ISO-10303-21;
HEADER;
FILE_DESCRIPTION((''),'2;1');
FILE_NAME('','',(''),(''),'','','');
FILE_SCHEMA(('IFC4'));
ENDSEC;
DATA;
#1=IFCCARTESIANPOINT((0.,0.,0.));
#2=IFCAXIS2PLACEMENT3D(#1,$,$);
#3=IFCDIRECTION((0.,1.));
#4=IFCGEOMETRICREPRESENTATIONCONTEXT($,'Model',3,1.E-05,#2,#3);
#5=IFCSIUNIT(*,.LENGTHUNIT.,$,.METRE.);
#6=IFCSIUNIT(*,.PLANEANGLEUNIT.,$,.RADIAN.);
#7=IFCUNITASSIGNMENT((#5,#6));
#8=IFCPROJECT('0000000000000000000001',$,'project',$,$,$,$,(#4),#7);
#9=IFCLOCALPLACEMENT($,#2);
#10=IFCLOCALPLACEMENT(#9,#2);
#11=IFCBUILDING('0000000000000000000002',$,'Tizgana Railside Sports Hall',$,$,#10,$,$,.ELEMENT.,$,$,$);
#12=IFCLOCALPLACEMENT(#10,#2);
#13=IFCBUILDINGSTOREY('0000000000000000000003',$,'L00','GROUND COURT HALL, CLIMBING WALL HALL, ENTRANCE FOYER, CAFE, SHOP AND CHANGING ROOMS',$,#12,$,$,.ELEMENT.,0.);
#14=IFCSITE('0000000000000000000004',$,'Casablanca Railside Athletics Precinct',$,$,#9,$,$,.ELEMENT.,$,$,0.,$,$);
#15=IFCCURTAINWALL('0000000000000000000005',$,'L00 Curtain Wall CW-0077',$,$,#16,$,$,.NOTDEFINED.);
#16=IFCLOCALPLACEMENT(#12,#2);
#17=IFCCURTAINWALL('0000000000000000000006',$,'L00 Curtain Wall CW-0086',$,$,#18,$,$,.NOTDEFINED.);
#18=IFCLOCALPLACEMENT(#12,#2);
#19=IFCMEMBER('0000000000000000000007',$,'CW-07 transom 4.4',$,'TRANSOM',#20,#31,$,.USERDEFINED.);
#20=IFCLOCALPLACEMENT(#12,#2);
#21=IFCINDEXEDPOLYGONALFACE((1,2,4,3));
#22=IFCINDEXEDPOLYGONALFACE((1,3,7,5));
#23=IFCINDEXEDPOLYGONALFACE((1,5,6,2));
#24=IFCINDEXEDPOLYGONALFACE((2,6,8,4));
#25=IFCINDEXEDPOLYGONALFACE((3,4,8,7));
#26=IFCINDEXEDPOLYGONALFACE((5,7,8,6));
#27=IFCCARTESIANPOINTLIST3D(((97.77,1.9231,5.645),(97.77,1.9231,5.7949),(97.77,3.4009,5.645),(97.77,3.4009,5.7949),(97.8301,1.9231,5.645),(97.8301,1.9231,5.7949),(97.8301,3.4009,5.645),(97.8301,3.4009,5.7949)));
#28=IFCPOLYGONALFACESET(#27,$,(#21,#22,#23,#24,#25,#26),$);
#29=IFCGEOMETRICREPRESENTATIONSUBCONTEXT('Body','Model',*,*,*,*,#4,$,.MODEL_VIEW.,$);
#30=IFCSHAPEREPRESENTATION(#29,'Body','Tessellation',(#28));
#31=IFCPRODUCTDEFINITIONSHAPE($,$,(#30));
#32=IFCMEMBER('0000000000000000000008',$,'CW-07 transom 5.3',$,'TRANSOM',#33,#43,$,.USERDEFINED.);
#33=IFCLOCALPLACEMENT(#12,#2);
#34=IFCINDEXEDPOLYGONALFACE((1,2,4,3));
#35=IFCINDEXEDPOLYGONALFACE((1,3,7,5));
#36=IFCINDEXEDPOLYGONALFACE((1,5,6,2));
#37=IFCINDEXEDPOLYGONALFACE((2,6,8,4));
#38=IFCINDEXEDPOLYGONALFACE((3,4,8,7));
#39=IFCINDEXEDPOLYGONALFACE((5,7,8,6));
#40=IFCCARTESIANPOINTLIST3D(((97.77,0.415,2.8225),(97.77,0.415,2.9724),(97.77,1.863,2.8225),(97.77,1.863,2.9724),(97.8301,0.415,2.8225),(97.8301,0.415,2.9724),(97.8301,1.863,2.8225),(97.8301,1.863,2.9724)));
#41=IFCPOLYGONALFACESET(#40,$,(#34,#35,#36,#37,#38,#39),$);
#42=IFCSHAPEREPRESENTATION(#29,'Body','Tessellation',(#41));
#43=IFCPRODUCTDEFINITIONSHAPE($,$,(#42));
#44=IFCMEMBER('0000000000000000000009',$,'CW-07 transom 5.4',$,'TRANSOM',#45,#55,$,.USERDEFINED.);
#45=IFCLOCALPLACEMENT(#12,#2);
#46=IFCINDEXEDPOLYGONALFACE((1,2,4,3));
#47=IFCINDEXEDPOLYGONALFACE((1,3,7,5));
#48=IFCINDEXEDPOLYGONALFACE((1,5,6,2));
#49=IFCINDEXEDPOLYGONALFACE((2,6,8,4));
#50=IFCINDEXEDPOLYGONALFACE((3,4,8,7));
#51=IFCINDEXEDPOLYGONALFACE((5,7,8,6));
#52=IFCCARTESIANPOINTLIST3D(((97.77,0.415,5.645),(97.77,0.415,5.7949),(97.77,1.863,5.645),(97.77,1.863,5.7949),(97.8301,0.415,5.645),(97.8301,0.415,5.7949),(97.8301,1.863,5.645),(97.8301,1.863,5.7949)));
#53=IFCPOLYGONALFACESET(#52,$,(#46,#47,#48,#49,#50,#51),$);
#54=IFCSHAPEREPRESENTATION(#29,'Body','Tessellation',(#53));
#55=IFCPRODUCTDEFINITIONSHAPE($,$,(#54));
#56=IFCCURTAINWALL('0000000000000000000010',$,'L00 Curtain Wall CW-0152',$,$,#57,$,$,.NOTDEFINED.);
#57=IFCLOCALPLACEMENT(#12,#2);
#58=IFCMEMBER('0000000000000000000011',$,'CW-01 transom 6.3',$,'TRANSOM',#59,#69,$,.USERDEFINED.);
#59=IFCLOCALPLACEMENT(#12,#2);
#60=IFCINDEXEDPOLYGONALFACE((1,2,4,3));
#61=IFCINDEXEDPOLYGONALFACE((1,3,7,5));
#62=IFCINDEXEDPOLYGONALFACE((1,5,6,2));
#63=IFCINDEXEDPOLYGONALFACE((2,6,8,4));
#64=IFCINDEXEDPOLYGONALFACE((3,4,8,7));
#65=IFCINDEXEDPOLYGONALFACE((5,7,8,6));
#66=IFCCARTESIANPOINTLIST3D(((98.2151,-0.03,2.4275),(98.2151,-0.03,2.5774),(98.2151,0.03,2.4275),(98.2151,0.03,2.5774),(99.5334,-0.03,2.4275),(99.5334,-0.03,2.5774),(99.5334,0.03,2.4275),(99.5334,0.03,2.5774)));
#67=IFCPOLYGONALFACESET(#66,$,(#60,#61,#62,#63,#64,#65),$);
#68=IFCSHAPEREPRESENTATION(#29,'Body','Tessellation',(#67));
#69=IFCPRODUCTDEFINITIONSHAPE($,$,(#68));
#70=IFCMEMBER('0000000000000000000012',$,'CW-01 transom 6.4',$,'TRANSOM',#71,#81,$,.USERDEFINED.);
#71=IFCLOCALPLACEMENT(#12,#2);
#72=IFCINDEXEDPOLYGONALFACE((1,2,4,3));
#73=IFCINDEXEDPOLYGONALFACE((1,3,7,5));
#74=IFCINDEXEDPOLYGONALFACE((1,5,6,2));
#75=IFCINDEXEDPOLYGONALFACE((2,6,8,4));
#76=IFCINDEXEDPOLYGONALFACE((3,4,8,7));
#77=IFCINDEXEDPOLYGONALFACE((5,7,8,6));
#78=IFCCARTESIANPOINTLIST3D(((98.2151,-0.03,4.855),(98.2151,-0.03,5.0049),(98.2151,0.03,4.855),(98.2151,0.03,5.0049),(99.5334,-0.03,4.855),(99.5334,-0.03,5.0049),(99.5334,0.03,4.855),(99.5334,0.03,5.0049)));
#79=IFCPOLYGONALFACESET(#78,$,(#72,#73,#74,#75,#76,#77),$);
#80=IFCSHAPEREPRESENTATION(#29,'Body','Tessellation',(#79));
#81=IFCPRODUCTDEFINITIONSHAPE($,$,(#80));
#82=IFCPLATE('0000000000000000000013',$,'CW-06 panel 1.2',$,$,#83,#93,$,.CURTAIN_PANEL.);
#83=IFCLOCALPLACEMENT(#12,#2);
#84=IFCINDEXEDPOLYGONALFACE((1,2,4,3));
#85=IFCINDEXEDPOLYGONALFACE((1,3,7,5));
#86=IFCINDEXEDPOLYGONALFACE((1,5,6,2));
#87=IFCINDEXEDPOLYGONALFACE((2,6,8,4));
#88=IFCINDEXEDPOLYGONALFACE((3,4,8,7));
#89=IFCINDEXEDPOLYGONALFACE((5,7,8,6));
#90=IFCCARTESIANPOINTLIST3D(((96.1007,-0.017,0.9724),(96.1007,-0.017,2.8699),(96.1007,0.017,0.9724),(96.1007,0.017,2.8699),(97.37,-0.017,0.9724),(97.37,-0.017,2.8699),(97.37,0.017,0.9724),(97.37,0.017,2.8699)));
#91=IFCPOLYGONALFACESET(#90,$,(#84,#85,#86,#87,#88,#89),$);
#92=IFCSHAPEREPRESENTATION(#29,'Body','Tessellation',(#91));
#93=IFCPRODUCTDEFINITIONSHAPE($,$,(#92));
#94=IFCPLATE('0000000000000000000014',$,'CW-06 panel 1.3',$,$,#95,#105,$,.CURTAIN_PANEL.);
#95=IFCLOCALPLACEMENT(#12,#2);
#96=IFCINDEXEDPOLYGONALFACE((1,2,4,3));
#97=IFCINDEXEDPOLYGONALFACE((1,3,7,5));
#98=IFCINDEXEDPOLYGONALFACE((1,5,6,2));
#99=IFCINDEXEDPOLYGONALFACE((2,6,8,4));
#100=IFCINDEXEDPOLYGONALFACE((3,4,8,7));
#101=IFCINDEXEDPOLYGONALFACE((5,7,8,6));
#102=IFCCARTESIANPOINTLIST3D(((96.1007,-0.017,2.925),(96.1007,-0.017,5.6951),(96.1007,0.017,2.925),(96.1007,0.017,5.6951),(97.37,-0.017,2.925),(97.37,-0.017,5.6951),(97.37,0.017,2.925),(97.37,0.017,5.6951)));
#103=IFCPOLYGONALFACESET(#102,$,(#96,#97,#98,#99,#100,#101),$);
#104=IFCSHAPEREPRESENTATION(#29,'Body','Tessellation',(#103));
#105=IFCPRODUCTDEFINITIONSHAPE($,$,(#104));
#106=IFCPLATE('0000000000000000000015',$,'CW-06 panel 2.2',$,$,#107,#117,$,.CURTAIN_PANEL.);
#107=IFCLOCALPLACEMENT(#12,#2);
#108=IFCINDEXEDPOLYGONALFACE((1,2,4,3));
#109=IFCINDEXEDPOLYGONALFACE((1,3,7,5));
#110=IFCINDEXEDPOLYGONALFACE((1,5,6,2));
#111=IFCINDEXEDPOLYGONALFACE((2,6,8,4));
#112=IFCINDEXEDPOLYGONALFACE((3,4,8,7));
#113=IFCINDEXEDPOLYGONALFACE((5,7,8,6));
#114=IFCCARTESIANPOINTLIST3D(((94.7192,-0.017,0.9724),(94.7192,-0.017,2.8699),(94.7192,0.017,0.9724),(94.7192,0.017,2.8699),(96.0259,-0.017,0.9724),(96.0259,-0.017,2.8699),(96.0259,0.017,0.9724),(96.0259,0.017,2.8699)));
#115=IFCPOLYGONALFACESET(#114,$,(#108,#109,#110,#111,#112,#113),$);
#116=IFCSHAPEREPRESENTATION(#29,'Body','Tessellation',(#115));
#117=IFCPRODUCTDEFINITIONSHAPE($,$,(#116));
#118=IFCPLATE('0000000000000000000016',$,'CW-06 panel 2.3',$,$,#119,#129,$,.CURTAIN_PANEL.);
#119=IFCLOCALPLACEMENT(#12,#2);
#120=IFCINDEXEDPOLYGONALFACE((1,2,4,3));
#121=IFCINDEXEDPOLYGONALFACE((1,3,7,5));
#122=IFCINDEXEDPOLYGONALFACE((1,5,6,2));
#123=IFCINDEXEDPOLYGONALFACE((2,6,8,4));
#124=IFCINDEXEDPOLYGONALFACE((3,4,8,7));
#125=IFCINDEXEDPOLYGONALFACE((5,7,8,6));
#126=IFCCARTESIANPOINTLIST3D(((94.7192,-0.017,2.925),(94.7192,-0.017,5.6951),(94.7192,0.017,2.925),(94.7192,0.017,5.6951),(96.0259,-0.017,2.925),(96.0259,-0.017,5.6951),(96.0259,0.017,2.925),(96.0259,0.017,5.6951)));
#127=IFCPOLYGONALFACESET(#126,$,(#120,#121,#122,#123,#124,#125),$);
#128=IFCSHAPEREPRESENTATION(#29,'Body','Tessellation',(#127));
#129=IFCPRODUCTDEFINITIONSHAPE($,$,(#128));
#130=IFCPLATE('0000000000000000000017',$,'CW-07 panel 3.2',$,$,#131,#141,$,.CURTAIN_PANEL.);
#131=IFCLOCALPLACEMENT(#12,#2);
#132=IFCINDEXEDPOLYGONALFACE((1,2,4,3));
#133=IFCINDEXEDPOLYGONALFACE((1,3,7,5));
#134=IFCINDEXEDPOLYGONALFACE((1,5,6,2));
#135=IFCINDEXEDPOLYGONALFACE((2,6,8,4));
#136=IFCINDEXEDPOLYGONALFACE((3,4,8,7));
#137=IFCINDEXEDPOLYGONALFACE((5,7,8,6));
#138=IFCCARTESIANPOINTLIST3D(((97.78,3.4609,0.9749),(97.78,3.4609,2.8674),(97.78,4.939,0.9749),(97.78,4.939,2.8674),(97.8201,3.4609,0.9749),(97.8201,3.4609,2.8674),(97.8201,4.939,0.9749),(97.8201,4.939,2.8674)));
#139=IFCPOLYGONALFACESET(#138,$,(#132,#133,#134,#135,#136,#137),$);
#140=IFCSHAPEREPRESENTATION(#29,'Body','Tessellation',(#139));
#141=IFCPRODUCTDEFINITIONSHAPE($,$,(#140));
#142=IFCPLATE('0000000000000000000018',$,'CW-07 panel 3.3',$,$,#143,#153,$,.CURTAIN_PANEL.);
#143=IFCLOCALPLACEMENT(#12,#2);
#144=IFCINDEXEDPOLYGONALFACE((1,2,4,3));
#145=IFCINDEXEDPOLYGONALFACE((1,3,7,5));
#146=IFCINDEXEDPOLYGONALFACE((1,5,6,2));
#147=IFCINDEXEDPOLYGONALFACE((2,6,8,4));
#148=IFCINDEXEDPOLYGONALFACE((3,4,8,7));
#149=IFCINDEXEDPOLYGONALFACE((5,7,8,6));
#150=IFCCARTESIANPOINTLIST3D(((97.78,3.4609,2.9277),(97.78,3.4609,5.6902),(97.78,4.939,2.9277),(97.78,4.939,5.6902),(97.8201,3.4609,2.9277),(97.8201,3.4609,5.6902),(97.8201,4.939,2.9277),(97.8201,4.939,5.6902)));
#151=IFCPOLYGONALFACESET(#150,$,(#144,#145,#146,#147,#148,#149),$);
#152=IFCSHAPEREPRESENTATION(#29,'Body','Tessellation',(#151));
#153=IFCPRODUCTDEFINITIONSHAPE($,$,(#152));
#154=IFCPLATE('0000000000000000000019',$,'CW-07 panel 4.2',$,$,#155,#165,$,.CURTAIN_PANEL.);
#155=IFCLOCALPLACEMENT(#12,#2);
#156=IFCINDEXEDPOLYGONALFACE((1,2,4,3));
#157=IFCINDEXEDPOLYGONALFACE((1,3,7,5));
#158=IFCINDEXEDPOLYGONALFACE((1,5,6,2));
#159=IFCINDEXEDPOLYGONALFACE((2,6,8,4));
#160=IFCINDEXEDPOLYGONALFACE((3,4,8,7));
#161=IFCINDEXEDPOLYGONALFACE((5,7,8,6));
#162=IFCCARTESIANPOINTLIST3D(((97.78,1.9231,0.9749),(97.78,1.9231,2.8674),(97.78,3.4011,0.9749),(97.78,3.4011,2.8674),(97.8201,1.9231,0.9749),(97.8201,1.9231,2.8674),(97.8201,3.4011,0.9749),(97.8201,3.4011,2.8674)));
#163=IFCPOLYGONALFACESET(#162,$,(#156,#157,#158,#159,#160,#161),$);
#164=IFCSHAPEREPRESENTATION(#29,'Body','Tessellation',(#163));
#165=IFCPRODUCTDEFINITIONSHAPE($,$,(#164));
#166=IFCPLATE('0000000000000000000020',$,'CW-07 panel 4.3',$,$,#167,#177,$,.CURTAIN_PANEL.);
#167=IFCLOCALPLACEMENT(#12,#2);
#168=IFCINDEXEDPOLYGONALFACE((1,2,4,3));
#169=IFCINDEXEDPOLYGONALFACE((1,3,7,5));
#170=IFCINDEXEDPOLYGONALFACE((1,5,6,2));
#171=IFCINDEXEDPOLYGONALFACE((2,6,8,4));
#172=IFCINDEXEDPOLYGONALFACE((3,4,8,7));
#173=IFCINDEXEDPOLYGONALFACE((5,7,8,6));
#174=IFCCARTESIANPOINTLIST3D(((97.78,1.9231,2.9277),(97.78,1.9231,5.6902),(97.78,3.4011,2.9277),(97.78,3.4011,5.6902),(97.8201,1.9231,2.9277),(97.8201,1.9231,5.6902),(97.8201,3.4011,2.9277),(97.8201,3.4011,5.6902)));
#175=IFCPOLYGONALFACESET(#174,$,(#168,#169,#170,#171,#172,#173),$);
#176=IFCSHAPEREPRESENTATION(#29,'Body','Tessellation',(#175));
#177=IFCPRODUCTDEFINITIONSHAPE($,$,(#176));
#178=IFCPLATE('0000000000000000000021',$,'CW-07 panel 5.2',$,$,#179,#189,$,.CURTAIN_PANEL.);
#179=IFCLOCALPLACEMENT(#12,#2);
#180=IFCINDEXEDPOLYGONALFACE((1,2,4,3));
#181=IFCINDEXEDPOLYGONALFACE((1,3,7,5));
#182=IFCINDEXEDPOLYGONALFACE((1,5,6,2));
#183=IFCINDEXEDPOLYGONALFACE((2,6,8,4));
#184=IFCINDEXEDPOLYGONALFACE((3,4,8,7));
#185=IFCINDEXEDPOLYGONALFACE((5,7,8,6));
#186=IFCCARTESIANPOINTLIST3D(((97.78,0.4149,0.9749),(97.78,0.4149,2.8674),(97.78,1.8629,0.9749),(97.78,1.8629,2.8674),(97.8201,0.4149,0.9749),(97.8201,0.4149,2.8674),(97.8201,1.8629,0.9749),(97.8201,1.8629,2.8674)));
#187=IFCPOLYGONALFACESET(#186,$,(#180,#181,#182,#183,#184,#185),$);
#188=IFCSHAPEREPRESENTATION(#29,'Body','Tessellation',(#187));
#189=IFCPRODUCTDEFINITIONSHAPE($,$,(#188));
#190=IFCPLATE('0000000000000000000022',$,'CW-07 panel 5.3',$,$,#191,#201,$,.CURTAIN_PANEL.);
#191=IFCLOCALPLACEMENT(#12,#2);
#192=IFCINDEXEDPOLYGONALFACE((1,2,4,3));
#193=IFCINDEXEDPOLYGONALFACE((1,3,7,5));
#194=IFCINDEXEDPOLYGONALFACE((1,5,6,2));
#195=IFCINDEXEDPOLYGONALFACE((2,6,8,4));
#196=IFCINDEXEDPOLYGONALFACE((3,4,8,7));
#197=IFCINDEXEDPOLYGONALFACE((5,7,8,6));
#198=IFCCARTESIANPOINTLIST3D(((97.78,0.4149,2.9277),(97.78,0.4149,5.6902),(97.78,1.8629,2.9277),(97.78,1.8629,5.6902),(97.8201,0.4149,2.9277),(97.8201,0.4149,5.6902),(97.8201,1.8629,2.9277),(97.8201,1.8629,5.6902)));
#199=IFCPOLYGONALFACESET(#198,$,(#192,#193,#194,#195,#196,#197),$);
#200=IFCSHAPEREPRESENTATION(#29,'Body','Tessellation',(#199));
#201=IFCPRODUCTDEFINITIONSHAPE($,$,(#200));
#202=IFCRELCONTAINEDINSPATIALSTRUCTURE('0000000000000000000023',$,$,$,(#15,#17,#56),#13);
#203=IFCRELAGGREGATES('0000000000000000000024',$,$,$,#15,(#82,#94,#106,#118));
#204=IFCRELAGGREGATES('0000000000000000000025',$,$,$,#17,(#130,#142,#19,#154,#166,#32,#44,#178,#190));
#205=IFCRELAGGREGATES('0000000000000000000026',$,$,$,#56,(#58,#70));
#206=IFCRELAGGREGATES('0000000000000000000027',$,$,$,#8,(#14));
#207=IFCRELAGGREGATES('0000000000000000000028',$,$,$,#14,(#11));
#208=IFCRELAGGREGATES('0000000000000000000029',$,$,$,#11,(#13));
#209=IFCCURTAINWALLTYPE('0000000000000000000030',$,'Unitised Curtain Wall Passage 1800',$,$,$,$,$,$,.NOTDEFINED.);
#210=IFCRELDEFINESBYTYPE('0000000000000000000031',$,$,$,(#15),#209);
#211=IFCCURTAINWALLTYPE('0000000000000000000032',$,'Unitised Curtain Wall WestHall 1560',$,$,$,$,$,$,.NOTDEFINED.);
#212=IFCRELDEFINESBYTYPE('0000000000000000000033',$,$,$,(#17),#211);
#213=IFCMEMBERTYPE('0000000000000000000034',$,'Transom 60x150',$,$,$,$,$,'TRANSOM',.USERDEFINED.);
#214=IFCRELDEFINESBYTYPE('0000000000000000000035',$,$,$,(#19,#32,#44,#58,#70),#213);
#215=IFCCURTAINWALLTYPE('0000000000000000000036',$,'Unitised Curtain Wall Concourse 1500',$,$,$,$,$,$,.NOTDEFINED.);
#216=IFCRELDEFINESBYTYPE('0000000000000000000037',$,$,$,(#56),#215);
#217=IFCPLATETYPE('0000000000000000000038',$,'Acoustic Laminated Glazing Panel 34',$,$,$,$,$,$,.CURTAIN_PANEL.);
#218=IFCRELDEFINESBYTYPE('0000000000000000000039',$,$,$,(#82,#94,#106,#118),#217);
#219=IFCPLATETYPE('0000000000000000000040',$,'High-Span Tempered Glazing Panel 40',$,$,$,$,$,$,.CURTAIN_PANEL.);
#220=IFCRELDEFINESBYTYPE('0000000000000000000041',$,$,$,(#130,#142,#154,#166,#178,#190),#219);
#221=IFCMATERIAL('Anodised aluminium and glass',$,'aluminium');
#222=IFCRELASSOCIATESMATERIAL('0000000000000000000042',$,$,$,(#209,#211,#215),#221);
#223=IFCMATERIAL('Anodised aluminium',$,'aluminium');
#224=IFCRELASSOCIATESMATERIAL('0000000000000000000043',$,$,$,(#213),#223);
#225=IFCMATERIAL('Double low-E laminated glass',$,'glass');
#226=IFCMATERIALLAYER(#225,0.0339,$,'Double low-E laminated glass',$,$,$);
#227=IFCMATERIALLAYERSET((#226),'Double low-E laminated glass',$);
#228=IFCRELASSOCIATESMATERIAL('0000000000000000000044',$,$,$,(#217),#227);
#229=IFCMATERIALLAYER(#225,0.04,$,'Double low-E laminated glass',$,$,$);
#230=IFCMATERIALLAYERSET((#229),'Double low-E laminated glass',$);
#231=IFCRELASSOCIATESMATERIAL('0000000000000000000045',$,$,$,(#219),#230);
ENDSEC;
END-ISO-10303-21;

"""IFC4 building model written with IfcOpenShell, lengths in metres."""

from ifc_helpers import new_model, si_unit, direction, frame, origin, origin_2d, place, context, subcontext, project, spatial, rectangle, extrude, material, layer, layer_set, material_profile, profile_set, type_object, element, aggregate, save


model = new_model("IFC4")

# Units and contexts
model_context = context("Model", 3, precision=1e-05, world=origin(), true_north=direction((0.0, 1.0)))
body_context = subcontext(model_context, "Body", "Model", "MODEL_VIEW")
ifc_project = project(units=[si_unit("LENGTHUNIT", "METRE"), si_unit("PLANEANGLEUNIT", "RADIAN")], contexts=[model_context])

# Site, building, storey
site_placement = place(None, origin())
site = spatial("IfcSite", under=ifc_project, at=site_placement, Name="Casablanca Railside Athletics Precinct", CompositionType="ELEMENT", RefElevation=0.0)
building_placement = place(site_placement, origin())
building = spatial("IfcBuilding", under=site, at=building_placement, Name="Tizgana Railside Sports Hall", CompositionType="ELEMENT")
storey_placement = place(building_placement, origin())
storey = spatial("IfcBuildingStorey", under=building, at=storey_placement, Name="L00", Description="GROUND COURT HALL, CLIMBING WALL HALL, ENTRANCE FOYER, CAFE, SHOP AND CHANGING ROOMS", CompositionType="ELEMENT", Elevation=0.0)

# Curtain walls, members
ifc_material_1 = material(Name="Anodised aluminium and glass", Category="aluminium")
curtain_wall_type_1 = type_object("IfcCurtainWallType", Name="Unitised Curtain Wall Passage 1800", PredefinedType="NOTDEFINED", material=ifc_material_1)
curtain_wall_1_placement = place(storey_placement, origin())
curtain_wall_1 = element("IfcCurtainWall", 1, at=curtain_wall_1_placement, inside=storey, type_object=curtain_wall_type_1, Name="L00 Curtain Wall CW-0077", PredefinedType="NOTDEFINED")
ifc_material_2 = material(Name="Anodised aluminium", Category="aluminium")
curtain_wall_type_2 = type_object("IfcCurtainWallType", Name="Unitised Curtain Wall WestHall 1560", PredefinedType="NOTDEFINED", material=ifc_material_1)
curtain_wall_2_placement = place(storey_placement, origin())
curtain_wall_2 = element("IfcCurtainWall", 2, at=curtain_wall_2_placement, inside=storey, type_object=curtain_wall_type_2, Name="L00 Curtain Wall CW-0086", PredefinedType="NOTDEFINED")
ifc_material_profile_1 = material_profile(ifc_material_2, rectangle(XDim=0.0601, YDim=0.1499, at=origin_2d()), Name="Transom 60x150")
ifc_profile_set_1 = profile_set([ifc_material_profile_1], Name="Anodised aluminium")
member_type_1 = type_object("IfcMemberType", Name="Transom 60x150", ElementType="TRANSOM", PredefinedType="USERDEFINED", material=ifc_profile_set_1)
member_1_placement = place(storey_placement, frame((97.8, 3.4009, 5.72), z_axis=(0.0, -1.0, 0.0), x_axis=(1.0, 0.0, 0.0)))
member_1 = element("IfcMember", 3, at=member_1_placement, type_object=member_type_1, Name="CW-07 transom 4.4", ObjectType="TRANSOM", PredefinedType="USERDEFINED", context=body_context, shape_type="SweptSolid", body=[
    extrude(rectangle(XDim=0.0601, YDim=0.1499, at=origin_2d()), origin(), (0.0, 0.0, 1.0), 1.4778),
])
member_2_placement = place(storey_placement, frame((97.8, 1.863, 2.8975), z_axis=(0.0, -1.0, 0.0), x_axis=(1.0, 0.0, 0.0)))
member_2 = element("IfcMember", 4, at=member_2_placement, type_object=member_type_1, Name="CW-07 transom 5.3", ObjectType="TRANSOM", PredefinedType="USERDEFINED", context=body_context, shape_type="SweptSolid", body=[
    extrude(rectangle(XDim=0.0601, YDim=0.1499, at=origin_2d()), origin(), (0.0, 0.0, 1.0), 1.448),
])
member_3_placement = place(storey_placement, frame((97.8, 1.863, 5.72), z_axis=(0.0, -1.0, 0.0), x_axis=(1.0, 0.0, 0.0)))
member_3 = element("IfcMember", 5, at=member_3_placement, type_object=member_type_1, Name="CW-07 transom 5.4", ObjectType="TRANSOM", PredefinedType="USERDEFINED", context=body_context, shape_type="SweptSolid", body=[
    extrude(rectangle(XDim=0.0601, YDim=0.1499, at=origin_2d()), origin(), (0.0, 0.0, 1.0), 1.448),
])
curtain_wall_type_3 = type_object("IfcCurtainWallType", Name="Unitised Curtain Wall Concourse 1500", PredefinedType="NOTDEFINED", material=ifc_material_1)
curtain_wall_3_placement = place(storey_placement, origin())
curtain_wall_3 = element("IfcCurtainWall", 6, at=curtain_wall_3_placement, inside=storey, type_object=curtain_wall_type_3, Name="L00 Curtain Wall CW-0152", PredefinedType="NOTDEFINED")
member_4_placement = place(storey_placement, frame((99.5334, 0.0, 2.5024), z_axis=(-1.0, 0.0, 0.0), x_axis=(0.0, -1.0, 0.0)))
member_4 = element("IfcMember", 7, at=member_4_placement, type_object=member_type_1, Name="CW-01 transom 6.3", ObjectType="TRANSOM", PredefinedType="USERDEFINED", context=body_context, shape_type="SweptSolid", body=[
    extrude(rectangle(XDim=0.0601, YDim=0.1499, at=origin_2d()), origin(), (0.0, 0.0, 1.0), 1.3184),
])
member_5_placement = place(storey_placement, frame((99.5334, 0.0, 4.9299), z_axis=(-1.0, 0.0, 0.0), x_axis=(0.0, -1.0, 0.0)))
member_5 = element("IfcMember", 8, at=member_5_placement, type_object=member_type_1, Name="CW-01 transom 6.4", ObjectType="TRANSOM", PredefinedType="USERDEFINED", context=body_context, shape_type="SweptSolid", body=[
    extrude(rectangle(XDim=0.0601, YDim=0.1499, at=origin_2d()), origin(), (0.0, 0.0, 1.0), 1.3184),
])

# Plates
ifc_material_3 = material(Name="Double low-E laminated glass", Category="glass")
ifc_layer_1 = layer(ifc_material_3, 0.0339, Name="Double low-E laminated glass")
ifc_layer_set_1 = layer_set([ifc_layer_1], Name="Double low-E laminated glass")
plate_type_1 = type_object("IfcPlateType", Name="Acoustic Laminated Glazing Panel 34", PredefinedType="CURTAIN_PANEL", material=ifc_layer_set_1)
plate_1_placement = place(storey_placement, frame((96.7354, 0.0, 0.9724), z_axis=(0.0, 0.0, 1.0), x_axis=(-1.0, 0.0, 0.0)))
plate_1 = element("IfcPlate", 9, at=plate_1_placement, type_object=plate_type_1, Name="CW-06 panel 1.2", PredefinedType="CURTAIN_PANEL", context=body_context, shape_type="SweptSolid", body=[
    extrude(rectangle(XDim=1.2693, YDim=0.0339, at=origin_2d()), origin(), (0.0, 0.0, 1.0), 1.8975),
])
plate_2_placement = place(storey_placement, frame((96.7354, 0.0, 2.925), z_axis=(0.0, 0.0, 1.0), x_axis=(-1.0, 0.0, 0.0)))
plate_2 = element("IfcPlate", 10, at=plate_2_placement, type_object=plate_type_1, Name="CW-06 panel 1.3", PredefinedType="CURTAIN_PANEL", context=body_context, shape_type="SweptSolid", body=[
    extrude(rectangle(XDim=1.2693, YDim=0.0339, at=origin_2d()), origin(), (0.0, 0.0, 1.0), 2.77),
])
plate_3_placement = place(storey_placement, frame((95.3726, 0.0, 0.9724), z_axis=(0.0, 0.0, 1.0), x_axis=(-1.0, 0.0, 0.0)))
plate_3 = element("IfcPlate", 11, at=plate_3_placement, type_object=plate_type_1, Name="CW-06 panel 2.2", PredefinedType="CURTAIN_PANEL", context=body_context, shape_type="SweptSolid", body=[
    extrude(rectangle(XDim=1.3066, YDim=0.0339, at=origin_2d()), origin(), (0.0, 0.0, 1.0), 1.8975),
])
plate_4_placement = place(storey_placement, frame((95.3726, 0.0, 2.925), z_axis=(0.0, 0.0, 1.0), x_axis=(-1.0, 0.0, 0.0)))
plate_4 = element("IfcPlate", 12, at=plate_4_placement, type_object=plate_type_1, Name="CW-06 panel 2.3", PredefinedType="CURTAIN_PANEL", context=body_context, shape_type="SweptSolid", body=[
    extrude(rectangle(XDim=1.3066, YDim=0.0339, at=origin_2d()), origin(), (0.0, 0.0, 1.0), 2.77),
])
aggregate(curtain_wall_1, [plate_1, plate_2, plate_3, plate_4])
ifc_layer_2 = layer(ifc_material_3, 0.04, Name="Double low-E laminated glass")
ifc_layer_set_2 = layer_set([ifc_layer_2], Name="Double low-E laminated glass")
plate_type_2 = type_object("IfcPlateType", Name="High-Span Tempered Glazing Panel 40", PredefinedType="CURTAIN_PANEL", material=ifc_layer_set_2)
plate_5_placement = place(storey_placement, frame((97.8, 4.2, 0.9749), z_axis=(0.0, 0.0, 1.0), x_axis=(0.0, -1.0, 0.0)))
plate_5 = element("IfcPlate", 13, at=plate_5_placement, type_object=plate_type_2, Name="CW-07 panel 3.2", PredefinedType="CURTAIN_PANEL", context=body_context, shape_type="SweptSolid", body=[
    extrude(rectangle(XDim=1.478, YDim=0.04, at=origin_2d()), origin(), (0.0, 0.0, 1.0), 1.8926),
])
plate_6_placement = place(storey_placement, frame((97.8, 4.2, 2.9277), z_axis=(0.0, 0.0, 1.0), x_axis=(0.0, -1.0, 0.0)))
plate_6 = element("IfcPlate", 14, at=plate_6_placement, type_object=plate_type_2, Name="CW-07 panel 3.3", PredefinedType="CURTAIN_PANEL", context=body_context, shape_type="SweptSolid", body=[
    extrude(rectangle(XDim=1.478, YDim=0.04, at=origin_2d()), origin(), (0.0, 0.0, 1.0), 2.7625),
])
plate_7_placement = place(storey_placement, frame((97.8, 2.6621, 0.9749), z_axis=(0.0, 0.0, 1.0), x_axis=(0.0, -1.0, 0.0)))
plate_7 = element("IfcPlate", 15, at=plate_7_placement, type_object=plate_type_2, Name="CW-07 panel 4.2", PredefinedType="CURTAIN_PANEL", context=body_context, shape_type="SweptSolid", body=[
    extrude(rectangle(XDim=1.478, YDim=0.04, at=origin_2d()), origin(), (0.0, 0.0, 1.0), 1.8926),
])
plate_8_placement = place(storey_placement, frame((97.8, 2.6621, 2.9277), z_axis=(0.0, 0.0, 1.0), x_axis=(0.0, -1.0, 0.0)))
plate_8 = element("IfcPlate", 16, at=plate_8_placement, type_object=plate_type_2, Name="CW-07 panel 4.3", PredefinedType="CURTAIN_PANEL", context=body_context, shape_type="SweptSolid", body=[
    extrude(rectangle(XDim=1.478, YDim=0.04, at=origin_2d()), origin(), (0.0, 0.0, 1.0), 2.7625),
])
plate_9_placement = place(storey_placement, frame((97.8, 1.1389, 0.9749), z_axis=(0.0, 0.0, 1.0), x_axis=(0.0, -1.0, 0.0)))
plate_9 = element("IfcPlate", 17, at=plate_9_placement, type_object=plate_type_2, Name="CW-07 panel 5.2", PredefinedType="CURTAIN_PANEL", context=body_context, shape_type="SweptSolid", body=[
    extrude(rectangle(XDim=1.448, YDim=0.04, at=origin_2d()), origin(), (0.0, 0.0, 1.0), 1.8926),
])
plate_10_placement = place(storey_placement, frame((97.8, 1.1389, 2.9277), z_axis=(0.0, 0.0, 1.0), x_axis=(0.0, -1.0, 0.0)))
plate_10 = element("IfcPlate", 18, at=plate_10_placement, type_object=plate_type_2, Name="CW-07 panel 5.3", PredefinedType="CURTAIN_PANEL", context=body_context, shape_type="SweptSolid", body=[
    extrude(rectangle(XDim=1.448, YDim=0.04, at=origin_2d()), origin(), (0.0, 0.0, 1.0), 2.7625),
])
aggregate(curtain_wall_2, [plate_5, plate_6, member_1, plate_7, plate_8, member_2, member_3, plate_9, plate_10])
aggregate(curtain_wall_3, [member_4, member_5])

save(model, "model.ifc")
